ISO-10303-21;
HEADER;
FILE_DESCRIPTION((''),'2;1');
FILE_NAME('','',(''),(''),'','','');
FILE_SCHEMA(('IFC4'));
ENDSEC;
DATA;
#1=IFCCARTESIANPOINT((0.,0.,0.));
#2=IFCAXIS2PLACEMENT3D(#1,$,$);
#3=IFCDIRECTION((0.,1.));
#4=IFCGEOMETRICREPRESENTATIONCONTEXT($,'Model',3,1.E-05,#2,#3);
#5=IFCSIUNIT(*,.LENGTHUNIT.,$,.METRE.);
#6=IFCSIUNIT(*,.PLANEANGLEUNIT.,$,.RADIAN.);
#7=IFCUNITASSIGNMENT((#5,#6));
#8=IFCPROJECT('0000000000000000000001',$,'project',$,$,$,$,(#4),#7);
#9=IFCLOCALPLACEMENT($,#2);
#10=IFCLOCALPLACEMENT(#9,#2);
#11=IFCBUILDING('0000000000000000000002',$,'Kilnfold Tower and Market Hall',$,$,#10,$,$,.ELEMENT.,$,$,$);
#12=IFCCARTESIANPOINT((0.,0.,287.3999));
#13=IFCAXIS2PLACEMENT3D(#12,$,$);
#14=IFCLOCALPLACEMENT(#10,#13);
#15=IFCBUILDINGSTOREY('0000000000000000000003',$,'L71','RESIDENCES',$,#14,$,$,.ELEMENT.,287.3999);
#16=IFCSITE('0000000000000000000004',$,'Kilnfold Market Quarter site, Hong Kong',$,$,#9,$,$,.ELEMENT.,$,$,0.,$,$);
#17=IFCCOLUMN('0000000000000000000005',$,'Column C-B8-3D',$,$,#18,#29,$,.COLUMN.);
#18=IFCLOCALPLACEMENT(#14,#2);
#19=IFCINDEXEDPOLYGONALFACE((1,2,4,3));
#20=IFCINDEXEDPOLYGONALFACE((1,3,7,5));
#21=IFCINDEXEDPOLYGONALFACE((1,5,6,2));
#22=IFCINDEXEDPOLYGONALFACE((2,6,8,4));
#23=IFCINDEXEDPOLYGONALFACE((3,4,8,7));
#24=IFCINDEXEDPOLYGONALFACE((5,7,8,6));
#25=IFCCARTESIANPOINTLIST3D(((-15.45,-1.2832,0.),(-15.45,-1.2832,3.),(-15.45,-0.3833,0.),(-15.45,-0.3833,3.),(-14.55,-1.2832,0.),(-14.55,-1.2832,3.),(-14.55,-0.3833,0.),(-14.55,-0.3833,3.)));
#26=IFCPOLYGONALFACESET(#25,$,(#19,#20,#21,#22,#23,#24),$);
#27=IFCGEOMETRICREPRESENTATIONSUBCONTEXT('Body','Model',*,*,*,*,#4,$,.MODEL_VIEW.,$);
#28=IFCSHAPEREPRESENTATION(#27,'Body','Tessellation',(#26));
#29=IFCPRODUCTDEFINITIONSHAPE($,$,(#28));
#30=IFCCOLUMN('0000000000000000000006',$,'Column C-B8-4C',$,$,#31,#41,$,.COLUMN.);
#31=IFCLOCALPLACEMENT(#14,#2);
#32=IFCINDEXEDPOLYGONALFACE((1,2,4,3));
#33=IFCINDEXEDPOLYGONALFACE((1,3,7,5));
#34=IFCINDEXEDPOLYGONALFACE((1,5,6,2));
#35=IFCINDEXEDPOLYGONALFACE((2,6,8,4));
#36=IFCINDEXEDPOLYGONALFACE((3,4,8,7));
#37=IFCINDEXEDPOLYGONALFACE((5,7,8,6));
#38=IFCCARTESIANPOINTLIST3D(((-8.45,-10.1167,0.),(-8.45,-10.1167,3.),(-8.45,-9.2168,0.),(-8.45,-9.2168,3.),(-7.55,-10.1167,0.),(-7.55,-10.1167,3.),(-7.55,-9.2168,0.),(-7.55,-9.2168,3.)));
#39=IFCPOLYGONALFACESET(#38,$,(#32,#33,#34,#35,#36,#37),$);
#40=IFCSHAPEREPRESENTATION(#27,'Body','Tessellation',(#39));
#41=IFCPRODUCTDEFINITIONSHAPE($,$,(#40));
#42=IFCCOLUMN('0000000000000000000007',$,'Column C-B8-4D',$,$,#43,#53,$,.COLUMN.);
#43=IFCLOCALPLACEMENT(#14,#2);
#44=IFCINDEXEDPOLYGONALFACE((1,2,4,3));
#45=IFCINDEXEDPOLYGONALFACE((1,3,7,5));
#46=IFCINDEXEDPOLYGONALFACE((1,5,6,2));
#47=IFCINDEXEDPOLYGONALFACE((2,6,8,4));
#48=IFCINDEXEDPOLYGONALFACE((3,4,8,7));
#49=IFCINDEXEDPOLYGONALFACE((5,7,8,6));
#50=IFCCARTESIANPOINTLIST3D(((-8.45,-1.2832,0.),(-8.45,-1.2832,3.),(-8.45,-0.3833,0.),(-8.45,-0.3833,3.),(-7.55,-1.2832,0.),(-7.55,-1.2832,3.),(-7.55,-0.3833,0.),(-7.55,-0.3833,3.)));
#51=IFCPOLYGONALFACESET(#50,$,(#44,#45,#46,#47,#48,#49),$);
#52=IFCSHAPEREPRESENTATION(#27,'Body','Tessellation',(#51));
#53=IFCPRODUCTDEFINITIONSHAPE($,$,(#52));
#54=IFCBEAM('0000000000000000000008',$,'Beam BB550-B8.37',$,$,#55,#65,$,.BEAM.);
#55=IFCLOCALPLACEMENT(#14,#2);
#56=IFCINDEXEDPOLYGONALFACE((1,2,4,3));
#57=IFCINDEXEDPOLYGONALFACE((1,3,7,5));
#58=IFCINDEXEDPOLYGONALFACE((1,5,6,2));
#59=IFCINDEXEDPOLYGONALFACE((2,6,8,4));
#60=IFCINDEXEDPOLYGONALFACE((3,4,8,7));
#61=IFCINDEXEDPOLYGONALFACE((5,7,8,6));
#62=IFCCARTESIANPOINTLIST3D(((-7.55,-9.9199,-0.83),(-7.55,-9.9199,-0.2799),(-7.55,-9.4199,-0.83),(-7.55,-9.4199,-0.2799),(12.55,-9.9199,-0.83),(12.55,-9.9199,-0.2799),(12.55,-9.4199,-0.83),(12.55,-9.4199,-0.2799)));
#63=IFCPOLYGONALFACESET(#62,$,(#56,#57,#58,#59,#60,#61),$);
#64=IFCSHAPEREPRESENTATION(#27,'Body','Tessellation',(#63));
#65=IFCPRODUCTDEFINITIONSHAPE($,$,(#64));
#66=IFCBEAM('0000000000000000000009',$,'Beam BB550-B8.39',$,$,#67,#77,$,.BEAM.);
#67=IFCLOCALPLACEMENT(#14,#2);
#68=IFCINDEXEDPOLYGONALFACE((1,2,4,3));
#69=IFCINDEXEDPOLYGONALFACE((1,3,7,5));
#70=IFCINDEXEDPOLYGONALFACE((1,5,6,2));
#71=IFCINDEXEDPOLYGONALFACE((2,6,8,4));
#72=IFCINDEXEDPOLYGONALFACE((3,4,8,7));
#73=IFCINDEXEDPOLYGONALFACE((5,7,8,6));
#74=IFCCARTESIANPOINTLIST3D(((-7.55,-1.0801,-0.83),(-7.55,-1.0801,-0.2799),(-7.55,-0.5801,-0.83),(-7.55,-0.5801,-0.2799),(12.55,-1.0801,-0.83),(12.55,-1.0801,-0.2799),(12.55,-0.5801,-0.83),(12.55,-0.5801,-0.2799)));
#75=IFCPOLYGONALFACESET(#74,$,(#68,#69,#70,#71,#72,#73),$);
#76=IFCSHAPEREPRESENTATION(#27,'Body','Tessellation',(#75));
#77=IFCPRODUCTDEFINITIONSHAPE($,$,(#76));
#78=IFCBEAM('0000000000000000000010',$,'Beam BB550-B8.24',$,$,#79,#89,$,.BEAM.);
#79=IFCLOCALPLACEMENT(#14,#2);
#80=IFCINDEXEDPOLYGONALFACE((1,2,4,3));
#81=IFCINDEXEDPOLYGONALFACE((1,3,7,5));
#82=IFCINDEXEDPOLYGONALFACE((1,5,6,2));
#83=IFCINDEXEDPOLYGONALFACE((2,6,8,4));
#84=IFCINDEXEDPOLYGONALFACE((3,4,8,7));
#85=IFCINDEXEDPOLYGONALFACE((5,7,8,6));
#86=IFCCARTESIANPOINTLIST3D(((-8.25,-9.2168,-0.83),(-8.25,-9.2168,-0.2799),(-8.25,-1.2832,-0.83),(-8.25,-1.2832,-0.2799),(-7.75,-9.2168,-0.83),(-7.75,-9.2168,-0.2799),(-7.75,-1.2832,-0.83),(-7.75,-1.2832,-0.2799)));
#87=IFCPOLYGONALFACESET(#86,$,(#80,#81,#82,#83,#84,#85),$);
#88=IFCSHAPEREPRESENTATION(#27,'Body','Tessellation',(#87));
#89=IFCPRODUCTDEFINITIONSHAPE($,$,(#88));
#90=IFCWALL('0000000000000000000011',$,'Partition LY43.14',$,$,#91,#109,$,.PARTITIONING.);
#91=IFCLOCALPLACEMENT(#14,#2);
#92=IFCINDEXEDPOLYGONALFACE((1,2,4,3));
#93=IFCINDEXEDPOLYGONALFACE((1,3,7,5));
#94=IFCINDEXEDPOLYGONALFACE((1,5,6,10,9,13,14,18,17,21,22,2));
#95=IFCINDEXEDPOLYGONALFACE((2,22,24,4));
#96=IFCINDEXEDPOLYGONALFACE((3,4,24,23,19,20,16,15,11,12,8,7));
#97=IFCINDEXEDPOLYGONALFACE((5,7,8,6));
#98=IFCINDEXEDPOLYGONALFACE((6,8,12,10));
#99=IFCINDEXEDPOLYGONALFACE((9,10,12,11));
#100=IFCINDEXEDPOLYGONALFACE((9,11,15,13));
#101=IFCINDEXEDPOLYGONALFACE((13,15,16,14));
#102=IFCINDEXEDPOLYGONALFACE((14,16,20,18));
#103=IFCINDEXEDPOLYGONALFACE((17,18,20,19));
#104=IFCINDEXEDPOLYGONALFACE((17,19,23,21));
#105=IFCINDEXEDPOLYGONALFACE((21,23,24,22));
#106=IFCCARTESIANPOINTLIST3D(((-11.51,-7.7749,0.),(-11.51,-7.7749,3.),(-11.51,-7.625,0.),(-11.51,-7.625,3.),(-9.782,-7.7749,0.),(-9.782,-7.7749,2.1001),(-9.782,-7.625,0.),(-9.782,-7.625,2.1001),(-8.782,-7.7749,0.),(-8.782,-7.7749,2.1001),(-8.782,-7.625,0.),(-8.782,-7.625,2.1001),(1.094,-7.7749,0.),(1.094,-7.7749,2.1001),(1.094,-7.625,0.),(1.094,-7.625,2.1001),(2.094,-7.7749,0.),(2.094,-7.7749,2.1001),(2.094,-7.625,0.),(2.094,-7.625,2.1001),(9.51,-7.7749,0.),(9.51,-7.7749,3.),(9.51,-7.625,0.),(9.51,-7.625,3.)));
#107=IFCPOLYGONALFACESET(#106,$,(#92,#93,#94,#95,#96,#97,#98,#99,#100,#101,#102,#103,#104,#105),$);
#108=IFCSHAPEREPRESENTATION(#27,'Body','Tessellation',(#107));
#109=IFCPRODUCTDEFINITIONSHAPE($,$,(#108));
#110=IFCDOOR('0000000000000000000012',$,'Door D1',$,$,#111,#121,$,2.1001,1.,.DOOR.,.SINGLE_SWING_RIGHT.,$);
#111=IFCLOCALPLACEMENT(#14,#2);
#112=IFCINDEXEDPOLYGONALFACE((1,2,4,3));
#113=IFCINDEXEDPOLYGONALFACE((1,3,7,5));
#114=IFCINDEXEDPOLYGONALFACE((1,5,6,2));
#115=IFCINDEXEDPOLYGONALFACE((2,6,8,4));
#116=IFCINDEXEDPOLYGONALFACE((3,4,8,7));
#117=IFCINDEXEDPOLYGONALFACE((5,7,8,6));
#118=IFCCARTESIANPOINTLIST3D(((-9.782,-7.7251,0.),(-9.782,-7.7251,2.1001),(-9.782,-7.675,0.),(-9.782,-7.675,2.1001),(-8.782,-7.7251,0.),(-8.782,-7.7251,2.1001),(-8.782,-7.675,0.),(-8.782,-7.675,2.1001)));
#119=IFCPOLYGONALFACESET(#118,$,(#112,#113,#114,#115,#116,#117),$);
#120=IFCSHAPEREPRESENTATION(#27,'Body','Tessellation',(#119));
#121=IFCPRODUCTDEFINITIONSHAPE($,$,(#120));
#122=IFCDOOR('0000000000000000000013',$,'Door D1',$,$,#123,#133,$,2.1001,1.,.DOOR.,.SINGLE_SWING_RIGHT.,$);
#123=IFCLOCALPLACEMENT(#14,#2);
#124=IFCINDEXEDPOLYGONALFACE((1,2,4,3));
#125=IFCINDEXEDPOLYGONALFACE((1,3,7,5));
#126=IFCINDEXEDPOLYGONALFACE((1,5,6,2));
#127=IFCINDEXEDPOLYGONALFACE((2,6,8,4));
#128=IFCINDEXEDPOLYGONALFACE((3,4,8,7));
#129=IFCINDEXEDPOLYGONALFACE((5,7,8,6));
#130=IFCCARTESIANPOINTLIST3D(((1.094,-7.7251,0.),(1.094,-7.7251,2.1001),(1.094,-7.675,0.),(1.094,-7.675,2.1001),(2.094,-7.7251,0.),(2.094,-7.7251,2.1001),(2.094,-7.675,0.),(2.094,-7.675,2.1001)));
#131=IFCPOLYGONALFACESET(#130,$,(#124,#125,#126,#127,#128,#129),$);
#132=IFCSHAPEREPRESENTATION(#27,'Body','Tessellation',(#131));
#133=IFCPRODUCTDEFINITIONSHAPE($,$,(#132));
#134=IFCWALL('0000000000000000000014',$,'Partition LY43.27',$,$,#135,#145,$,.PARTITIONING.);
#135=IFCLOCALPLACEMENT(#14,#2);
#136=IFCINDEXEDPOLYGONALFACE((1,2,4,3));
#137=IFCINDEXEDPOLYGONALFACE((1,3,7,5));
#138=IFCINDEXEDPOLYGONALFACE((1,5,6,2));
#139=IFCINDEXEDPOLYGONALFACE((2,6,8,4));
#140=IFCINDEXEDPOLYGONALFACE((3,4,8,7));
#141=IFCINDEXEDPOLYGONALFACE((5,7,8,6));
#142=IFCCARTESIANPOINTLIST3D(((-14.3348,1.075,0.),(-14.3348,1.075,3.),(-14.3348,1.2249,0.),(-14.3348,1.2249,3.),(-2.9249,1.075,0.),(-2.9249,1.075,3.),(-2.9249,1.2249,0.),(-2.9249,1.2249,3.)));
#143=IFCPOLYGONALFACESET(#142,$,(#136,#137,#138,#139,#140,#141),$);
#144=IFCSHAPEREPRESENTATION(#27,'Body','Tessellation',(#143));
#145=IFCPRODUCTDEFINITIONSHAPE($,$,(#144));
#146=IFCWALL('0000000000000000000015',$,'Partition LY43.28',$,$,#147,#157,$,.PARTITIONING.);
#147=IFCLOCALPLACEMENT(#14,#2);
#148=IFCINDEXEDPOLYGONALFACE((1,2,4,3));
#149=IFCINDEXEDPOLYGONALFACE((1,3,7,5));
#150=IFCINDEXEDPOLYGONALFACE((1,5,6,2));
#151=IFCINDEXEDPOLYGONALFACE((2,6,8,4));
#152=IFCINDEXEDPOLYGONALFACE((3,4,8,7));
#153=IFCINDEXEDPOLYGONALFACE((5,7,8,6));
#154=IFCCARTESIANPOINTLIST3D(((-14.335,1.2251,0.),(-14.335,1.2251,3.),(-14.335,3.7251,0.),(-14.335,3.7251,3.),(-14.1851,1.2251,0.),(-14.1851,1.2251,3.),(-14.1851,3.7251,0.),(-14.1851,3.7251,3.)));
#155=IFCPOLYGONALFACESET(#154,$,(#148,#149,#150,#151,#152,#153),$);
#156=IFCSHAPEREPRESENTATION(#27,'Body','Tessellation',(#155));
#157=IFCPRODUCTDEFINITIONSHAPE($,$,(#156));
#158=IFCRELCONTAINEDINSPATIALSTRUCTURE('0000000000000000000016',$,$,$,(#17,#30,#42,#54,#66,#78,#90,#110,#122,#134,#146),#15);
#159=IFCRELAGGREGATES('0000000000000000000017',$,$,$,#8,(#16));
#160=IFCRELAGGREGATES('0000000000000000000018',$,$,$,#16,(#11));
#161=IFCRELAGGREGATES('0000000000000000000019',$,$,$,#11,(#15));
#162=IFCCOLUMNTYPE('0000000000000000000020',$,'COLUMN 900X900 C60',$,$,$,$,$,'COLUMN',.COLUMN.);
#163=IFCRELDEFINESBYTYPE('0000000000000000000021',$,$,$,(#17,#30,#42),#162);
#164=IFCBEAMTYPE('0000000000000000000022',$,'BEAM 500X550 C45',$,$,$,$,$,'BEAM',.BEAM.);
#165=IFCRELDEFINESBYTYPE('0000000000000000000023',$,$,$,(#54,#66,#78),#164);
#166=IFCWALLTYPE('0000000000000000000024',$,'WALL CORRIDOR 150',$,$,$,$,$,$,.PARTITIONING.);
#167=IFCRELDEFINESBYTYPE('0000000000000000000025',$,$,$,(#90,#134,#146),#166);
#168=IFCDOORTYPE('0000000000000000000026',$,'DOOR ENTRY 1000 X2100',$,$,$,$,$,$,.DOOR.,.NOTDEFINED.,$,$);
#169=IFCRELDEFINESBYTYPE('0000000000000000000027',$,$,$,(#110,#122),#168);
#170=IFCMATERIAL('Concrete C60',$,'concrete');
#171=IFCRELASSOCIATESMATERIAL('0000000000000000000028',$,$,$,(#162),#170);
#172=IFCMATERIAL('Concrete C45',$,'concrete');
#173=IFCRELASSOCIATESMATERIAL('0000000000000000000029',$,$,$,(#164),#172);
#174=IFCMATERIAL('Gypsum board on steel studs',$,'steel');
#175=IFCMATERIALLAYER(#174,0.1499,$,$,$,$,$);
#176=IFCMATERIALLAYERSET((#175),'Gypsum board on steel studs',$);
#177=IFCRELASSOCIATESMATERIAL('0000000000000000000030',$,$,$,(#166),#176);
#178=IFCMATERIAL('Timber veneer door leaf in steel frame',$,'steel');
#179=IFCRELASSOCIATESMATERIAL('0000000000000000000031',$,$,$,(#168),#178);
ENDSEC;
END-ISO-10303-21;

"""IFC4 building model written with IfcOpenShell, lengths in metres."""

from ifc_helpers import new_model, si_unit, direction, frame, frame_2d, origin, origin_2d, place, context, subcontext, project, spatial, rectangle, extrude, source, transform, mapped, material, layer, layer_set, material_profile, profile_set, type_object, element, fill, save


model = new_model("IFC4")

# Units and contexts
model_context = context("Model", 3, precision=1e-05, world=origin(), true_north=direction((0.0, 1.0)))
body_context = subcontext(model_context, "Body", "Model", "MODEL_VIEW")
ifc_project = project(units=[si_unit("LENGTHUNIT", "METRE"), si_unit("PLANEANGLEUNIT", "RADIAN")], contexts=[model_context])

# Site, building, storey
site_placement = place(None, origin())
site = spatial("IfcSite", under=ifc_project, at=site_placement, Name="Kilnfold Market Quarter site, Hong Kong", CompositionType="ELEMENT", RefElevation=0.0)
building_placement = place(site_placement, origin())
building = spatial("IfcBuilding", under=site, at=building_placement, Name="Kilnfold Tower and Market Hall", CompositionType="ELEMENT")
storey_placement = place(building_placement, frame((0.0, 0.0, 287.3999)))
storey = spatial("IfcBuildingStorey", under=building, at=storey_placement, Name="L71", Description="RESIDENCES", CompositionType="ELEMENT", Elevation=287.3999)

# Columns
ifc_material_1 = material(Name="Concrete C60", Category="concrete")
ifc_material_profile_1 = material_profile(ifc_material_1, rectangle(XDim=0.8999, YDim=0.8999, at=origin_2d()), Name="RC 900x900")
ifc_profile_set_1 = profile_set([ifc_material_profile_1], Name="Concrete C60")
column_type = type_object("IfcColumnType", Name="COLUMN 900X900 C60", ElementType="COLUMN", PredefinedType="COLUMN", material=ifc_profile_set_1)
shared_shape_1 = source(origin(), body_context, "Body", "SweptSolid", [
    extrude(rectangle(XDim=0.8999, YDim=0.8999, at=origin_2d()), origin(), (0.0, 0.0, 1.0), 3.0),
])
for number, where, z_axis, x_axis, name in (
    (1, (-15.0, -0.8333, 0.0), (0.0, 0.0, 1.0), (1.0, 0.0, 0.0), "Column C-B8-3D"),
    (2, (-8.0, -9.6667, 0.0), (0.0, 0.0, 1.0), (1.0, 0.0, 0.0), "Column C-B8-4C"),
    (3, (-8.0, -0.8333, 0.0), (0.0, 0.0, 1.0), (1.0, 0.0, 0.0), "Column C-B8-4D"),
):
    element("IfcColumn", number, at=place(storey_placement, frame(where, z_axis=z_axis, x_axis=x_axis)), inside=storey, type_object=column_type, Name=name, PredefinedType="COLUMN", context=body_context, shape_type="MappedRepresentation", body=[
        mapped(shared_shape_1, transform((0.0, 0.0, 0.0))),
    ])

# Beams
ifc_material_2 = material(Name="Concrete C45", Category="concrete")
ifc_material_profile_2 = material_profile(ifc_material_2, rectangle(XDim=0.5, YDim=0.55, at=origin_2d()), Name="RC 500x550")
ifc_profile_set_2 = profile_set([ifc_material_profile_2], Name="Concrete C45")
beam_type = type_object("IfcBeamType", Name="BEAM 500X550 C45", ElementType="BEAM", PredefinedType="BEAM", material=ifc_profile_set_2)
shared_shape_2 = source(origin(), body_context, "Body", "SweptSolid", [
    extrude(rectangle(XDim=0.5, YDim=0.55, at=origin_2d()), origin(), (0.0, 0.0, 1.0), 20.1001),
])
for number, where, z_axis, x_axis, name in (
    (4, (-7.55, -9.6699, -0.5549), (1.0, 0.0, 0.0), (0.0, 1.0, 0.0), "Beam BB550-B8.37"),
    (5, (-7.55, -0.8301, -0.5549), (1.0, 0.0, 0.0), (0.0, 1.0, 0.0), "Beam BB550-B8.39"),
):
    element("IfcBeam", number, at=place(storey_placement, frame(where, z_axis=z_axis, x_axis=x_axis)), inside=storey, type_object=beam_type, Name=name, PredefinedType="BEAM", context=body_context, shape_type="MappedRepresentation", body=[
        mapped(shared_shape_2, transform((0.0, 0.0, 0.0))),
    ])
shared_shape_3 = source(origin(), body_context, "Body", "SweptSolid", [
    extrude(rectangle(XDim=0.5, YDim=0.55, at=origin_2d()), origin(), (0.0, 0.0, 1.0), 7.9336),
])
beam_placement = place(storey_placement, frame((-8.0, -9.2168, -0.5549), z_axis=(0.0, 1.0, 0.0), x_axis=(-1.0, 0.0, 0.0)))
element("IfcBeam", 6, at=beam_placement, inside=storey, type_object=beam_type, Name="Beam BB550-B8.24", PredefinedType="BEAM", context=body_context, shape_type="MappedRepresentation", body=[
    mapped(shared_shape_3, transform((0.0, 0.0, 0.0))),
])

# Wall, openings, doors
ifc_material_3 = material(Name="Gypsum board on steel studs", Category="steel")
ifc_layer_1 = layer(ifc_material_3, 0.1499)
ifc_layer_set_1 = layer_set([ifc_layer_1], Name="Gypsum board on steel studs")
wall_type_1 = type_object("IfcWallType", Name="WALL CORRIDOR 150", PredefinedType="PARTITIONING", material=ifc_layer_set_1)
wall_1_placement = place(storey_placement, frame((-11.51, -7.7, 0.0), z_axis=(0.0, 0.0, 1.0), x_axis=(1.0, 0.0, 0.0)))
wall_1 = element("IfcWall", 7, at=wall_1_placement, inside=storey, type_object=wall_type_1, Name="Partition LY43.14", PredefinedType="PARTITIONING", context=body_context, shape_type="SweptSolid", body=[
    extrude(rectangle(XDim=21.02, YDim=0.1499, at=frame_2d((10.51, 0.0))), origin(), (0.0, 0.0, 1.0), 3.0),
])
opening_1_placement = place(wall_1_placement, frame((1.728, 0.0, 0.0)))
opening_1 = element("IfcOpeningElement", 8, at=opening_1_placement, cuts=wall_1, PredefinedType="OPENING", context=body_context, shape_type="SweptSolid", body=[
    extrude(rectangle(XDim=1.0, YDim=2.1001, at=frame_2d((0.5, 1.05))), frame((0.0, 0.085, 0.0), z_axis=(0.0, -1.0, 0.0), x_axis=(1.0, 0.0, 0.0)), (0.0, 0.0, 1.0), 0.1699),
])
opening_2_placement = place(wall_1_placement, frame((12.604, 0.0, 0.0)))
opening_2 = element("IfcOpeningElement", 9, at=opening_2_placement, cuts=wall_1, PredefinedType="OPENING", context=body_context, shape_type="SweptSolid", body=[
    extrude(rectangle(XDim=1.0, YDim=2.1001, at=frame_2d((0.5, 1.05))), frame((0.0, 0.085, 0.0), z_axis=(0.0, -1.0, 0.0), x_axis=(1.0, 0.0, 0.0)), (0.0, 0.0, 1.0), 0.1699),
])
ifc_material_4 = material(Name="Timber veneer door leaf in steel frame", Category="steel")
door_type_1 = type_object("IfcDoorType", Name="DOOR ENTRY 1000 X2100", OperationType="NOTDEFINED", PredefinedType="DOOR", material=ifc_material_4)
door_1_placement = place(opening_1_placement, origin())
door_1 = element("IfcDoor", 10, at=door_1_placement, inside=storey, type_object=door_type_1, Name="Door D1", OperationType="SINGLE_SWING_RIGHT", OverallHeight=2.1001, OverallWidth=1.0, PredefinedType="DOOR", context=body_context, shape_type="SweptSolid", body=[
    extrude(rectangle(XDim=1.0, YDim=2.1001, at=frame_2d((0.5, 1.05))), frame((0.0, 0.0249, 0.0), z_axis=(0.0, -1.0, 0.0), x_axis=(1.0, 0.0, 0.0)), (0.0, 0.0, 1.0), 0.05),
])
fill(opening_1, door_1)
door_2_placement = place(opening_2_placement, origin())
door_2 = element("IfcDoor", 11, at=door_2_placement, inside=storey, type_object=door_type_1, Name="Door D1", OperationType="SINGLE_SWING_RIGHT", OverallHeight=2.1001, OverallWidth=1.0, PredefinedType="DOOR", context=body_context, shape_type="SweptSolid", body=[
    extrude(rectangle(XDim=1.0, YDim=2.1001, at=frame_2d((0.5, 1.05))), frame((0.0, 0.0249, 0.0), z_axis=(0.0, -1.0, 0.0), x_axis=(1.0, 0.0, 0.0)), (0.0, 0.0, 1.0), 0.05),
])
fill(opening_2, door_2)

# Walls
wall_2_placement = place(storey_placement, frame((-14.335, 1.1499, 0.0), z_axis=(0.0, 0.0, 1.0), x_axis=(1.0, 0.0, 0.0)))
element("IfcWall", 12, at=wall_2_placement, inside=storey, type_object=wall_type_1, Name="Partition LY43.27", PredefinedType="PARTITIONING", context=body_context, shape_type="SweptSolid", body=[
    extrude(rectangle(XDim=11.4099, YDim=0.1499, at=frame_2d((5.7051, 0.0))), origin(), (0.0, 0.0, 1.0), 3.0),
])
wall_3_placement = place(storey_placement, frame((-14.26, 3.7251, 0.0), z_axis=(0.0, 0.0, 1.0), x_axis=(0.0, -1.0, 0.0)))
element("IfcWall", 13, at=wall_3_placement, inside=storey, type_object=wall_type_1, Name="Partition LY43.28", PredefinedType="PARTITIONING", context=body_context, shape_type="SweptSolid", body=[
    extrude(rectangle(XDim=2.5, YDim=0.1499, at=frame_2d((1.25, 0.0))), origin(), (0.0, 0.0, 1.0), 3.0),
])

save(model, "model.ifc")
